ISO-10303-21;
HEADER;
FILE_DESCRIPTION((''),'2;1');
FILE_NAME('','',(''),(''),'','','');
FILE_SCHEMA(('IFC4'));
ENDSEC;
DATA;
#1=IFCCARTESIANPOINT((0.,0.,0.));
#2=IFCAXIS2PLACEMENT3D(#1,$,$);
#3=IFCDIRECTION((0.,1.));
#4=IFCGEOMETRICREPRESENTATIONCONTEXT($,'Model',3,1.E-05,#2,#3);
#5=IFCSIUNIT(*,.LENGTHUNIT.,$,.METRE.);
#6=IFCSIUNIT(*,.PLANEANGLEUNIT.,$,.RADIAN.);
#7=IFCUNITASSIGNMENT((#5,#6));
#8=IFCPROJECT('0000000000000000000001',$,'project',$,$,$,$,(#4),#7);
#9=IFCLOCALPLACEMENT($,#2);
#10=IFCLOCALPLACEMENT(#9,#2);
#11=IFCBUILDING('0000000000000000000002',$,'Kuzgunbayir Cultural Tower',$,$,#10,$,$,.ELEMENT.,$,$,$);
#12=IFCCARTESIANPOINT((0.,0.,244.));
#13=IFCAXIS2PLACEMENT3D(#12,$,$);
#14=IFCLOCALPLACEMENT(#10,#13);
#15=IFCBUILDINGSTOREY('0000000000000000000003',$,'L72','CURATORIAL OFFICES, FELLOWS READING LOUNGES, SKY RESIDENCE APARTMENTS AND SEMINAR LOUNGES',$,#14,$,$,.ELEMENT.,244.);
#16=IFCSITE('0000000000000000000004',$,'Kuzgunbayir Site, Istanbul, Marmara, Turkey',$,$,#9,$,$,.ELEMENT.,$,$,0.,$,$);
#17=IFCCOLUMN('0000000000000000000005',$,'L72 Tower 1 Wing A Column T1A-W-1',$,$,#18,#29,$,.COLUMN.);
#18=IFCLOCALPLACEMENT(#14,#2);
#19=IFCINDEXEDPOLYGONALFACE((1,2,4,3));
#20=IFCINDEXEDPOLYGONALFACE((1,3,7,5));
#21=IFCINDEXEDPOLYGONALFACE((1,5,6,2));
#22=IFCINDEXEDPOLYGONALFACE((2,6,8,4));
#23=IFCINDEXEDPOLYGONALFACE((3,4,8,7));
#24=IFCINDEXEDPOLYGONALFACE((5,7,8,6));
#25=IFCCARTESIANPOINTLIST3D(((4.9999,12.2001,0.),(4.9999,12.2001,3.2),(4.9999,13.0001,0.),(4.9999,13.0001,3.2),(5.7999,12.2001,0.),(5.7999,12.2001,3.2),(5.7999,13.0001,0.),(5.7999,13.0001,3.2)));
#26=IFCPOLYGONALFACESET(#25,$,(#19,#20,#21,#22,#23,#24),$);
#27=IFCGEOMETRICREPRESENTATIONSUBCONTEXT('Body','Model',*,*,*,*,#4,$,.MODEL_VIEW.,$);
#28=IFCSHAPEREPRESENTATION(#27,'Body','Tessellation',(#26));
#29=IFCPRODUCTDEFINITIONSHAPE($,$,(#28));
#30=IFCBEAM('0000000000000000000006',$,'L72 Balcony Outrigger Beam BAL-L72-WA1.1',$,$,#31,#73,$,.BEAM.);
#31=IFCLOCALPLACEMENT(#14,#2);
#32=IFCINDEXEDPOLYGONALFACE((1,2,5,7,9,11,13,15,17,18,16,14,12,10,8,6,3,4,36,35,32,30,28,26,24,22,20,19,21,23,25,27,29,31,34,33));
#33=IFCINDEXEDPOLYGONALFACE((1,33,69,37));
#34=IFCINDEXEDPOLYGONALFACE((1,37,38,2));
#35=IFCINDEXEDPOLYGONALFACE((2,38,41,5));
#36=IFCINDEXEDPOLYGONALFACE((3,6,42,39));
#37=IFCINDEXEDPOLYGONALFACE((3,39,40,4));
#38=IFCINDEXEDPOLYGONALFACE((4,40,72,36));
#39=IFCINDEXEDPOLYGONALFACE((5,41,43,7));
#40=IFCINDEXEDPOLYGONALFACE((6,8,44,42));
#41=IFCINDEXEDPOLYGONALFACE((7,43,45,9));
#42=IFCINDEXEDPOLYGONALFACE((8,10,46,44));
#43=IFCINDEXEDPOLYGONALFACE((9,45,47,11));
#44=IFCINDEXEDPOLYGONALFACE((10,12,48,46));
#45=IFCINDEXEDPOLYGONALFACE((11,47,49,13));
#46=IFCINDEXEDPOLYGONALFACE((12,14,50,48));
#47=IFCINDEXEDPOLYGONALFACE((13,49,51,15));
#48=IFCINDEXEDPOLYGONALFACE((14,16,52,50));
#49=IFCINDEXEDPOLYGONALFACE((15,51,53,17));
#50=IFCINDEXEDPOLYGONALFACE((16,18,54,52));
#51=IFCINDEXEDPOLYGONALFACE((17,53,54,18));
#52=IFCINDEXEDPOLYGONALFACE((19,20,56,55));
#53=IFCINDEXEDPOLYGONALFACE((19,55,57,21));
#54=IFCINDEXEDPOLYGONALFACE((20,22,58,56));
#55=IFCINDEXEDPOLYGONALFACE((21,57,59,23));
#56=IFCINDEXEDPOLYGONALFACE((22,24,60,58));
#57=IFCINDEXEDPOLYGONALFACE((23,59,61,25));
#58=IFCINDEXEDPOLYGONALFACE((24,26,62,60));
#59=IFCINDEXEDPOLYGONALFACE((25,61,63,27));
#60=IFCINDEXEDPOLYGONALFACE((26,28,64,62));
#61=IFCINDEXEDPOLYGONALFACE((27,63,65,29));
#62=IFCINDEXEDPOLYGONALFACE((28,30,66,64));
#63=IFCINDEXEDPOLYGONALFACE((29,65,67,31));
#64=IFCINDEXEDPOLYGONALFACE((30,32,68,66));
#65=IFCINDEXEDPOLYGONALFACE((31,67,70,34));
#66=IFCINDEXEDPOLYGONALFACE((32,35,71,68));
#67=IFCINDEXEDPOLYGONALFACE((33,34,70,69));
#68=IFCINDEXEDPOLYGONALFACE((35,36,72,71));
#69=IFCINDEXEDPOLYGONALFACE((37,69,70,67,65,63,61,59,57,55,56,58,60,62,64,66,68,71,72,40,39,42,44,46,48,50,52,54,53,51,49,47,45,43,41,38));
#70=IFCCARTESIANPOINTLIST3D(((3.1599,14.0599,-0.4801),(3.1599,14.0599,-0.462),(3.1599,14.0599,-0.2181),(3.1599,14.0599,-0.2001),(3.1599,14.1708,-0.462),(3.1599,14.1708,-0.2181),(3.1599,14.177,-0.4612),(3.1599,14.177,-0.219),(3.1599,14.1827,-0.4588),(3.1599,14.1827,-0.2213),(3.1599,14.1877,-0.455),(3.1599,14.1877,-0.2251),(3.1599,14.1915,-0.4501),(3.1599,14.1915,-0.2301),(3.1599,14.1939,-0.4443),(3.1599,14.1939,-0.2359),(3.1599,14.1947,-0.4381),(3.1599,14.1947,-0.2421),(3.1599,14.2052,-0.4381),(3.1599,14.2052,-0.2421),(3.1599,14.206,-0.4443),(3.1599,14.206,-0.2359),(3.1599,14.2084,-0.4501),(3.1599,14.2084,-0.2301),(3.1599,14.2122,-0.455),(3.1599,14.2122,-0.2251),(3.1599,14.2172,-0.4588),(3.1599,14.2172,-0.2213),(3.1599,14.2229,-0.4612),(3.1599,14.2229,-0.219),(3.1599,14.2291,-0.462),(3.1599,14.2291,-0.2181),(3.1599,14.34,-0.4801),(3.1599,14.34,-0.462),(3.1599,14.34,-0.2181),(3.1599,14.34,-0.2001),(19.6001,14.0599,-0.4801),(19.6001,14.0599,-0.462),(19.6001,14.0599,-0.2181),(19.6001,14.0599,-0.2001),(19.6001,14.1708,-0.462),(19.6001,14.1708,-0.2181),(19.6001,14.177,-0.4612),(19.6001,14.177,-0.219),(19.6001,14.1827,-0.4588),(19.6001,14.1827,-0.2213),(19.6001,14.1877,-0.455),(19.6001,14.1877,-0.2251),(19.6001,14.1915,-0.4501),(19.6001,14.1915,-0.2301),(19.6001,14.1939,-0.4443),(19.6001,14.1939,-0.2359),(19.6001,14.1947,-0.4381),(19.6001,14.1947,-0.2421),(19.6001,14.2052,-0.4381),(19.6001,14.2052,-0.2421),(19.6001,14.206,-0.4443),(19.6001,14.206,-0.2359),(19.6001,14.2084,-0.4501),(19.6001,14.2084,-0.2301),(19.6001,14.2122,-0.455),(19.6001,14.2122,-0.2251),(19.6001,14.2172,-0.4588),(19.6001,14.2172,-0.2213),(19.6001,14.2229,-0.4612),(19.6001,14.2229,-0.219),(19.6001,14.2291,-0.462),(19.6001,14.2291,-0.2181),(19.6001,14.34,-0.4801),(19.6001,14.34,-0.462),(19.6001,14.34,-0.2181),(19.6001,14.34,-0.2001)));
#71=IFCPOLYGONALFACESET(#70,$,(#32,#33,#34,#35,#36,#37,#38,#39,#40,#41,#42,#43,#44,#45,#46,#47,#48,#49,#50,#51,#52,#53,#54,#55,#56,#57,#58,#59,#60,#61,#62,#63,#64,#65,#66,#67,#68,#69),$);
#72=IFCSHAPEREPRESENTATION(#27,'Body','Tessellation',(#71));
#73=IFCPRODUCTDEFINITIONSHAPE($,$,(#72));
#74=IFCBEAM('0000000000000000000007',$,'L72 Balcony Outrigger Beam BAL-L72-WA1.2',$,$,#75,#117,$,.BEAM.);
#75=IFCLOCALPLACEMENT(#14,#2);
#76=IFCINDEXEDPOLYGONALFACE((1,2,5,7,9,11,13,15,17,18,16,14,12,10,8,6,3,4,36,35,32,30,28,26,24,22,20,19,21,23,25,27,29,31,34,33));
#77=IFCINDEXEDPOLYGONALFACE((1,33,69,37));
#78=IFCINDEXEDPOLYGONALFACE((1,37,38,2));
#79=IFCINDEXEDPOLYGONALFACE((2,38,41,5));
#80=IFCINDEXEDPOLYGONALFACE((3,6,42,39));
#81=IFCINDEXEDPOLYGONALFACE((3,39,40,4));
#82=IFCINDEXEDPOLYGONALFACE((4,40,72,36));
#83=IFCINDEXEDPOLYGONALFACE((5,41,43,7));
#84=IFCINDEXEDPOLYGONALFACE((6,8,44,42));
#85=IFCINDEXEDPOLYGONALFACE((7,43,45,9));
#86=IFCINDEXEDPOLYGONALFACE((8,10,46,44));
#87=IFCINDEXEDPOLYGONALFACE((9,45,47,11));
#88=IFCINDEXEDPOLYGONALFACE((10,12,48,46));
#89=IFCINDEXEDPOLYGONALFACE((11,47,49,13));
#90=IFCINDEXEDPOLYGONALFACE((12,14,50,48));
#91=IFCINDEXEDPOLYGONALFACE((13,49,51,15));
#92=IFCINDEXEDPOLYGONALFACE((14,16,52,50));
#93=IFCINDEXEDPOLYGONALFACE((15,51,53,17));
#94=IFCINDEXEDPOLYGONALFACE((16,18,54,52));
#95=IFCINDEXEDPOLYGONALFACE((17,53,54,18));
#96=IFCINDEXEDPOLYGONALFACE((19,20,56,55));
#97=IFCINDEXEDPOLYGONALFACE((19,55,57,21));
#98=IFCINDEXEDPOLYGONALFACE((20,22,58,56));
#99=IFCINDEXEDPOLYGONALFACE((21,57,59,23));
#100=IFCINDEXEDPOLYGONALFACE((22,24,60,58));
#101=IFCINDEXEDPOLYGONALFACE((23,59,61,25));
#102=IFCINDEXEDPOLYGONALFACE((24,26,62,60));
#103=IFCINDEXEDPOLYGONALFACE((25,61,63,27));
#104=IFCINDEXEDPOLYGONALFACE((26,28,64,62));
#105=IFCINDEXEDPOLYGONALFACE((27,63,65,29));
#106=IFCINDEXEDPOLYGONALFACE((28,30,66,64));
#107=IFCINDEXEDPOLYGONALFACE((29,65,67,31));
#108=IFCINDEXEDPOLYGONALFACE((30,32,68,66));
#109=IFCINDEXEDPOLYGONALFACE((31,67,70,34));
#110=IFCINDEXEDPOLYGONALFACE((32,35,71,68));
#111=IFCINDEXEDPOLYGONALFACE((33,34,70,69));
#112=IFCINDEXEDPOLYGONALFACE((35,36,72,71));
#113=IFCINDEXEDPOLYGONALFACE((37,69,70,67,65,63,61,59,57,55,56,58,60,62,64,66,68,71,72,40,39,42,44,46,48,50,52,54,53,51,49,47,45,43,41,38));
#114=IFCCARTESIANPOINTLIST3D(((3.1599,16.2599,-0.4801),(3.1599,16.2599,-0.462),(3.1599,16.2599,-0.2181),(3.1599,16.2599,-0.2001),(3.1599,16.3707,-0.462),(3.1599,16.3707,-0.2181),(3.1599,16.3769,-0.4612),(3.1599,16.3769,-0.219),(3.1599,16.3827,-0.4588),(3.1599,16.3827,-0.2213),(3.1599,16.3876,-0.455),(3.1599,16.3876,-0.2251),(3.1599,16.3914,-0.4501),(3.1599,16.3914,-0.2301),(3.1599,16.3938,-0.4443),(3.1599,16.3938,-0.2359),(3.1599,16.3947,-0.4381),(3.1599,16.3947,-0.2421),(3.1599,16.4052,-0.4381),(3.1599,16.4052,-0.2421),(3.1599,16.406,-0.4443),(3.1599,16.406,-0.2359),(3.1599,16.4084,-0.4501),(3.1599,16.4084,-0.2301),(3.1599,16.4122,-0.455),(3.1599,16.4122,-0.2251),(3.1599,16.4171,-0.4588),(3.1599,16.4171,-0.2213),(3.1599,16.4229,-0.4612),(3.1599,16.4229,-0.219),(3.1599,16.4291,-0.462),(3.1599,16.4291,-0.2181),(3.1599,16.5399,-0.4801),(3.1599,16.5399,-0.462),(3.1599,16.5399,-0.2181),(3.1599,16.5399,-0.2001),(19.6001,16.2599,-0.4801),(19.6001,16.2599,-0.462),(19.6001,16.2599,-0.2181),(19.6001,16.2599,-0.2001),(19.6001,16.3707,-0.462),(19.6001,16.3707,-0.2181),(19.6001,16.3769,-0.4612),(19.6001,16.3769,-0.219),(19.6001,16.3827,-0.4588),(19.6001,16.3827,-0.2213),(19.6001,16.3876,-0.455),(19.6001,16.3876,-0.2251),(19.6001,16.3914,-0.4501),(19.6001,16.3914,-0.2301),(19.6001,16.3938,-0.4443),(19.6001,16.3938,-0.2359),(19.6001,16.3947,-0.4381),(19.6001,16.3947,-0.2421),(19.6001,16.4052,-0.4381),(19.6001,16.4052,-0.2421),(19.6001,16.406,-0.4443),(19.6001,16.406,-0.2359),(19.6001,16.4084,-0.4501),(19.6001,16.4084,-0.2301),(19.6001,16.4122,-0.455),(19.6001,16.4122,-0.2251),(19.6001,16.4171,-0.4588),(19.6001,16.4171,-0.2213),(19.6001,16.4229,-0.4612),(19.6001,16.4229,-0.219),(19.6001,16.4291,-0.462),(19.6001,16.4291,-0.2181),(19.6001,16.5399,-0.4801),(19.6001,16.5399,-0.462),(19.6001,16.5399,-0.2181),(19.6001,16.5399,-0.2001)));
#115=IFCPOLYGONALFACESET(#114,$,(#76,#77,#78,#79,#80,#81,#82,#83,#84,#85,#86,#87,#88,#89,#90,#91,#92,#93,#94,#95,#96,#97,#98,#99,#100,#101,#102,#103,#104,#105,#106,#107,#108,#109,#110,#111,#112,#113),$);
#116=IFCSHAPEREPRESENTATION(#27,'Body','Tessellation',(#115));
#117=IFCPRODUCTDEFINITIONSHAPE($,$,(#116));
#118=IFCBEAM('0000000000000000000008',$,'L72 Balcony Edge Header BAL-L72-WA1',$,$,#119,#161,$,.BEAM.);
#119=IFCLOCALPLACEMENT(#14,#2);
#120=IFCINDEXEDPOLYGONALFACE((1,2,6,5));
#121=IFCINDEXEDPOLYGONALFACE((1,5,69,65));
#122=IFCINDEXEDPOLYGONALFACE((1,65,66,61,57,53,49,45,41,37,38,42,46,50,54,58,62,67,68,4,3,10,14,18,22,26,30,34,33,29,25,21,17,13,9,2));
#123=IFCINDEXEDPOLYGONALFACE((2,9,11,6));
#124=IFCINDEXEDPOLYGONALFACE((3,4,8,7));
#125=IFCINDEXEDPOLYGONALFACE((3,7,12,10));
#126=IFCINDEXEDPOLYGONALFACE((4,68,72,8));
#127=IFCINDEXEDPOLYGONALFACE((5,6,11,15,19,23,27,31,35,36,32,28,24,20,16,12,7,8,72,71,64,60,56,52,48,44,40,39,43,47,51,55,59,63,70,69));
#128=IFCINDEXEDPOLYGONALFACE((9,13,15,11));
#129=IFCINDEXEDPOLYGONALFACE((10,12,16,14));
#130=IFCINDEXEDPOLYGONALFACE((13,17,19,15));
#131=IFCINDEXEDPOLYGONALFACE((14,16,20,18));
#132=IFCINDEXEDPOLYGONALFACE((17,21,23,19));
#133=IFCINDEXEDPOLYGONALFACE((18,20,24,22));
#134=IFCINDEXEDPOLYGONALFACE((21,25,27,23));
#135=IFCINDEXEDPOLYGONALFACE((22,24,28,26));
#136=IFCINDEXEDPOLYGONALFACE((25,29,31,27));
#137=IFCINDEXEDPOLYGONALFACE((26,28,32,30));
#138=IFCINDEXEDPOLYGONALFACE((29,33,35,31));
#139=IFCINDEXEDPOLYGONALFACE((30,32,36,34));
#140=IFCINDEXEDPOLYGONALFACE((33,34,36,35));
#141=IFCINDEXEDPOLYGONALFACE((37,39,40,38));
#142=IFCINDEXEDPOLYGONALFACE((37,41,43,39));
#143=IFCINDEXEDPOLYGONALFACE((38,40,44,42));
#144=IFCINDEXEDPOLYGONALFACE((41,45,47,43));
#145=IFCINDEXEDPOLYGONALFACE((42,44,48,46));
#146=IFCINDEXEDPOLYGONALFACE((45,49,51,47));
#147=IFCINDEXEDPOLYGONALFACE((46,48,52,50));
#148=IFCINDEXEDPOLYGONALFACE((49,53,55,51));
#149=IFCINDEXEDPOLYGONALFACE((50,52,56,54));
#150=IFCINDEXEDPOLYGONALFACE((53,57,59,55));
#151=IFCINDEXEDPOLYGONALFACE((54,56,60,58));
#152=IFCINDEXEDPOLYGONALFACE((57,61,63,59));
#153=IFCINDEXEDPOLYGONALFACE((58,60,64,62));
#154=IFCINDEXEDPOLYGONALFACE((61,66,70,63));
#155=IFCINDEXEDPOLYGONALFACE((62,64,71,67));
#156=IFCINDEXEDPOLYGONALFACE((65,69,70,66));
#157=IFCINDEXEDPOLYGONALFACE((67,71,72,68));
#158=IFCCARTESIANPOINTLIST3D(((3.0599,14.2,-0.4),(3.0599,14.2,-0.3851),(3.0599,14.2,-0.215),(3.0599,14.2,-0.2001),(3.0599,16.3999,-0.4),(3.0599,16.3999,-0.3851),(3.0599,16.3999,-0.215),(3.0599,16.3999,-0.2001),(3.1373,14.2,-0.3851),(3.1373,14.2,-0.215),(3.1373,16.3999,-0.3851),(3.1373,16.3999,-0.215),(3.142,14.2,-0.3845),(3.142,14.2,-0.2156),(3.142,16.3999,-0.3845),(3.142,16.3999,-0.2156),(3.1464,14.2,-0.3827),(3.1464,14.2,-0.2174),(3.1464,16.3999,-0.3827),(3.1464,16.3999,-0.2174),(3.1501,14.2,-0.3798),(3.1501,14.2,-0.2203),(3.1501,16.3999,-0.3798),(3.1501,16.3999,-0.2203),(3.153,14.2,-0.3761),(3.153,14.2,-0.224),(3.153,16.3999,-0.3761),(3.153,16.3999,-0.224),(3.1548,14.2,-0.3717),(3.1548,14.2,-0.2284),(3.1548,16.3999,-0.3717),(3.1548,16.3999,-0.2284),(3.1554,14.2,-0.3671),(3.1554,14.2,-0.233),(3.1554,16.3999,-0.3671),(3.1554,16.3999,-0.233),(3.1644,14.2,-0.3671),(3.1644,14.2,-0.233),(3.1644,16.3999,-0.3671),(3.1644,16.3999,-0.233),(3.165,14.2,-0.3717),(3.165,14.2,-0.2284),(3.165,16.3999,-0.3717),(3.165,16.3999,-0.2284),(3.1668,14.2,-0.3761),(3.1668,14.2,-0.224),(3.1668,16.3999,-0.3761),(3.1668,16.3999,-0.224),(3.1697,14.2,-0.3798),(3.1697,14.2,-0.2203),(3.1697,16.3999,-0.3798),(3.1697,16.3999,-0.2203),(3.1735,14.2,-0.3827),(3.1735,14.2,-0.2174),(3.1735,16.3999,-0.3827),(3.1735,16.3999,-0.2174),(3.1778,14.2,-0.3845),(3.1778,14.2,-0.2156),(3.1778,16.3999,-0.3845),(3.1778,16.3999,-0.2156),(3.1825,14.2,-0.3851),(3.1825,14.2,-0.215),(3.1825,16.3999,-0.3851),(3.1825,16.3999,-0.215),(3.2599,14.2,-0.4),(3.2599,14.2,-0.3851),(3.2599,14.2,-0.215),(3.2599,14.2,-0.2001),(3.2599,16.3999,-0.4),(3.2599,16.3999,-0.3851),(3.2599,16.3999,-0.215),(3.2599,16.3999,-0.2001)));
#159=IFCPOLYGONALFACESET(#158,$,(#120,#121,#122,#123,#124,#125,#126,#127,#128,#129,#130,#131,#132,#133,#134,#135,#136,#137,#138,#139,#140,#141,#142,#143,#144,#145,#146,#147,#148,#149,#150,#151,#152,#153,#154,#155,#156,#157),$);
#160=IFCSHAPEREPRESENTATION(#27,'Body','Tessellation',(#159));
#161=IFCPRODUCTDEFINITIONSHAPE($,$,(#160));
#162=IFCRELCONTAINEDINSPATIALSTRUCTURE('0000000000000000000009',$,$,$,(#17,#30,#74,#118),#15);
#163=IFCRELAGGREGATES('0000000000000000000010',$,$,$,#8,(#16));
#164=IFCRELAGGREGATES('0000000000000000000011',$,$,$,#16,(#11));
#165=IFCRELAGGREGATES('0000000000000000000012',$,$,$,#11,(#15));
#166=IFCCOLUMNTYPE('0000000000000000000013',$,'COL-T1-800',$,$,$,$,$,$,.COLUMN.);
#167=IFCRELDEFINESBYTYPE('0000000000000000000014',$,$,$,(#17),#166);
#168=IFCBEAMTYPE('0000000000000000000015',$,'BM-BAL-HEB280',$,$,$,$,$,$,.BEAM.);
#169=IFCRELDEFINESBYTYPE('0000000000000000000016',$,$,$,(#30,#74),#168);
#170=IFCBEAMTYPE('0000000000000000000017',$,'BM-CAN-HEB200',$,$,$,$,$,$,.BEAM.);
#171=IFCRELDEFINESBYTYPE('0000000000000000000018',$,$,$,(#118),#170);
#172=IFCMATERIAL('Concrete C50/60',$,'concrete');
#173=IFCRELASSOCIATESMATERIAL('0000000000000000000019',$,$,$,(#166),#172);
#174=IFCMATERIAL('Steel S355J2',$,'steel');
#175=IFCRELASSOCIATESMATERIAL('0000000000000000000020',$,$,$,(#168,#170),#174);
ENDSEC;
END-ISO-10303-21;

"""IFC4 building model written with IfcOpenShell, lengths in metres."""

from ifc_helpers import new_model, si_unit, direction, frame, origin, origin_2d, place, context, subcontext, project, spatial, rectangle, i_section, extrude, material, material_profile, profile_set, type_object, element, save


model = new_model("IFC4")

# Units and contexts
model_context = context("Model", 3, precision=1e-05, world=origin(), true_north=direction((0.0, 1.0)))
body_context = subcontext(model_context, "Body", "Model", "MODEL_VIEW")
ifc_project = project(units=[si_unit("LENGTHUNIT", "METRE"), si_unit("PLANEANGLEUNIT", "RADIAN")], contexts=[model_context])

# Site, building, storey
site_placement = place(None, origin())
site = spatial("IfcSite", under=ifc_project, at=site_placement, Name="Kuzgunbayir Site, Istanbul, Marmara, Turkey", CompositionType="ELEMENT", RefElevation=0.0)
building_placement = place(site_placement, origin())
building = spatial("IfcBuilding", under=site, at=building_placement, Name="Kuzgunbayir Cultural Tower", CompositionType="ELEMENT")
storey_placement = place(building_placement, frame((0.0, 0.0, 244.0)))
storey = spatial("IfcBuildingStorey", under=building, at=storey_placement, Name="L72", Description="CURATORIAL OFFICES, FELLOWS READING LOUNGES, SKY RESIDENCE APARTMENTS AND SEMINAR LOUNGES", CompositionType="ELEMENT", Elevation=244.0)

# Column
ifc_material_1 = material(Name="Concrete C50/60", Category="concrete")
ifc_material_profile_1 = material_profile(ifc_material_1, rectangle(XDim=0.8, YDim=0.8, at=origin_2d()), Name="RC 800x800")
ifc_profile_set_1 = profile_set([ifc_material_profile_1], Name="Concrete C50/60")
column_type = type_object("IfcColumnType", Name="COL-T1-800", PredefinedType="COLUMN", material=ifc_profile_set_1)
column_placement = place(storey_placement, frame((5.3999, 12.6001, 0.0), z_axis=(0.0, 0.0, 1.0), x_axis=(1.0, 0.0, 0.0)))
element("IfcColumn", 1, at=column_placement, inside=storey, type_object=column_type, Name="L72 Tower 1 Wing A Column T1A-W-1", PredefinedType="COLUMN", context=body_context, shape_type="SweptSolid", body=[
    extrude(rectangle(XDim=0.8, YDim=0.8, at=origin_2d()), origin(), (0.0, 0.0, 1.0), 3.2),
])

# Beams
ifc_material_2 = material(Name="Steel S355J2", Category="steel")
ifc_material_profile_2 = material_profile(ifc_material_2, i_section(OverallWidth=0.28, OverallDepth=0.28, WebThickness=0.0105, FlangeThickness=0.0181, FilletRadius=0.0239, at=origin_2d()), Name="HEB 280")
ifc_profile_set_2 = profile_set([ifc_material_profile_2], Name="Steel S355J2")
beam_type_1 = type_object("IfcBeamType", Name="BM-BAL-HEB280", PredefinedType="BEAM", material=ifc_profile_set_2)
for number, where, z_axis, x_axis, name in (
    (2, (3.1599, 14.2, -0.3401), (1.0, 0.0, 0.0), (0.0, 1.0, 0.0), "L72 Balcony Outrigger Beam BAL-L72-WA1.1"),
    (3, (3.1599, 16.3999, -0.3401), (1.0, 0.0, 0.0), (0.0, 1.0, 0.0), "L72 Balcony Outrigger Beam BAL-L72-WA1.2"),
):
    element("IfcBeam", number, at=place(storey_placement, frame(where, z_axis=z_axis, x_axis=x_axis)), inside=storey, type_object=beam_type_1, Name=name, PredefinedType="BEAM", context=body_context, shape_type="SweptSolid", body=[
        extrude(i_section(OverallWidth=0.28, OverallDepth=0.28, WebThickness=0.0105, FlangeThickness=0.0181, FilletRadius=0.0239, at=origin_2d()), origin(), (0.0, 0.0, 1.0), 16.4402),
    ])
ifc_material_profile_3 = material_profile(ifc_material_2, i_section(OverallWidth=0.2, OverallDepth=0.2, WebThickness=0.009, FlangeThickness=0.0149, FilletRadius=0.0181, at=origin_2d()), Name="HEB 200")
ifc_profile_set_3 = profile_set([ifc_material_profile_3], Name="Steel S355J2")
beam_type_2 = type_object("IfcBeamType", Name="BM-CAN-HEB200", PredefinedType="BEAM", material=ifc_profile_set_3)
beam_1_placement = place(storey_placement, frame((3.1599, 14.2, -0.3), z_axis=(0.0, 1.0, 0.0), x_axis=(-1.0, 0.0, 0.0)))
element("IfcBeam", 4, at=beam_1_placement, inside=storey, type_object=beam_type_2, Name="L72 Balcony Edge Header BAL-L72-WA1", PredefinedType="BEAM", context=body_context, shape_type="SweptSolid", body=[
    extrude(i_section(OverallWidth=0.2, OverallDepth=0.2, WebThickness=0.009, FlangeThickness=0.0149, FilletRadius=0.0181, at=origin_2d()), origin(), (0.0, 0.0, 1.0), 2.2),
])

save(model, "model.ifc")
